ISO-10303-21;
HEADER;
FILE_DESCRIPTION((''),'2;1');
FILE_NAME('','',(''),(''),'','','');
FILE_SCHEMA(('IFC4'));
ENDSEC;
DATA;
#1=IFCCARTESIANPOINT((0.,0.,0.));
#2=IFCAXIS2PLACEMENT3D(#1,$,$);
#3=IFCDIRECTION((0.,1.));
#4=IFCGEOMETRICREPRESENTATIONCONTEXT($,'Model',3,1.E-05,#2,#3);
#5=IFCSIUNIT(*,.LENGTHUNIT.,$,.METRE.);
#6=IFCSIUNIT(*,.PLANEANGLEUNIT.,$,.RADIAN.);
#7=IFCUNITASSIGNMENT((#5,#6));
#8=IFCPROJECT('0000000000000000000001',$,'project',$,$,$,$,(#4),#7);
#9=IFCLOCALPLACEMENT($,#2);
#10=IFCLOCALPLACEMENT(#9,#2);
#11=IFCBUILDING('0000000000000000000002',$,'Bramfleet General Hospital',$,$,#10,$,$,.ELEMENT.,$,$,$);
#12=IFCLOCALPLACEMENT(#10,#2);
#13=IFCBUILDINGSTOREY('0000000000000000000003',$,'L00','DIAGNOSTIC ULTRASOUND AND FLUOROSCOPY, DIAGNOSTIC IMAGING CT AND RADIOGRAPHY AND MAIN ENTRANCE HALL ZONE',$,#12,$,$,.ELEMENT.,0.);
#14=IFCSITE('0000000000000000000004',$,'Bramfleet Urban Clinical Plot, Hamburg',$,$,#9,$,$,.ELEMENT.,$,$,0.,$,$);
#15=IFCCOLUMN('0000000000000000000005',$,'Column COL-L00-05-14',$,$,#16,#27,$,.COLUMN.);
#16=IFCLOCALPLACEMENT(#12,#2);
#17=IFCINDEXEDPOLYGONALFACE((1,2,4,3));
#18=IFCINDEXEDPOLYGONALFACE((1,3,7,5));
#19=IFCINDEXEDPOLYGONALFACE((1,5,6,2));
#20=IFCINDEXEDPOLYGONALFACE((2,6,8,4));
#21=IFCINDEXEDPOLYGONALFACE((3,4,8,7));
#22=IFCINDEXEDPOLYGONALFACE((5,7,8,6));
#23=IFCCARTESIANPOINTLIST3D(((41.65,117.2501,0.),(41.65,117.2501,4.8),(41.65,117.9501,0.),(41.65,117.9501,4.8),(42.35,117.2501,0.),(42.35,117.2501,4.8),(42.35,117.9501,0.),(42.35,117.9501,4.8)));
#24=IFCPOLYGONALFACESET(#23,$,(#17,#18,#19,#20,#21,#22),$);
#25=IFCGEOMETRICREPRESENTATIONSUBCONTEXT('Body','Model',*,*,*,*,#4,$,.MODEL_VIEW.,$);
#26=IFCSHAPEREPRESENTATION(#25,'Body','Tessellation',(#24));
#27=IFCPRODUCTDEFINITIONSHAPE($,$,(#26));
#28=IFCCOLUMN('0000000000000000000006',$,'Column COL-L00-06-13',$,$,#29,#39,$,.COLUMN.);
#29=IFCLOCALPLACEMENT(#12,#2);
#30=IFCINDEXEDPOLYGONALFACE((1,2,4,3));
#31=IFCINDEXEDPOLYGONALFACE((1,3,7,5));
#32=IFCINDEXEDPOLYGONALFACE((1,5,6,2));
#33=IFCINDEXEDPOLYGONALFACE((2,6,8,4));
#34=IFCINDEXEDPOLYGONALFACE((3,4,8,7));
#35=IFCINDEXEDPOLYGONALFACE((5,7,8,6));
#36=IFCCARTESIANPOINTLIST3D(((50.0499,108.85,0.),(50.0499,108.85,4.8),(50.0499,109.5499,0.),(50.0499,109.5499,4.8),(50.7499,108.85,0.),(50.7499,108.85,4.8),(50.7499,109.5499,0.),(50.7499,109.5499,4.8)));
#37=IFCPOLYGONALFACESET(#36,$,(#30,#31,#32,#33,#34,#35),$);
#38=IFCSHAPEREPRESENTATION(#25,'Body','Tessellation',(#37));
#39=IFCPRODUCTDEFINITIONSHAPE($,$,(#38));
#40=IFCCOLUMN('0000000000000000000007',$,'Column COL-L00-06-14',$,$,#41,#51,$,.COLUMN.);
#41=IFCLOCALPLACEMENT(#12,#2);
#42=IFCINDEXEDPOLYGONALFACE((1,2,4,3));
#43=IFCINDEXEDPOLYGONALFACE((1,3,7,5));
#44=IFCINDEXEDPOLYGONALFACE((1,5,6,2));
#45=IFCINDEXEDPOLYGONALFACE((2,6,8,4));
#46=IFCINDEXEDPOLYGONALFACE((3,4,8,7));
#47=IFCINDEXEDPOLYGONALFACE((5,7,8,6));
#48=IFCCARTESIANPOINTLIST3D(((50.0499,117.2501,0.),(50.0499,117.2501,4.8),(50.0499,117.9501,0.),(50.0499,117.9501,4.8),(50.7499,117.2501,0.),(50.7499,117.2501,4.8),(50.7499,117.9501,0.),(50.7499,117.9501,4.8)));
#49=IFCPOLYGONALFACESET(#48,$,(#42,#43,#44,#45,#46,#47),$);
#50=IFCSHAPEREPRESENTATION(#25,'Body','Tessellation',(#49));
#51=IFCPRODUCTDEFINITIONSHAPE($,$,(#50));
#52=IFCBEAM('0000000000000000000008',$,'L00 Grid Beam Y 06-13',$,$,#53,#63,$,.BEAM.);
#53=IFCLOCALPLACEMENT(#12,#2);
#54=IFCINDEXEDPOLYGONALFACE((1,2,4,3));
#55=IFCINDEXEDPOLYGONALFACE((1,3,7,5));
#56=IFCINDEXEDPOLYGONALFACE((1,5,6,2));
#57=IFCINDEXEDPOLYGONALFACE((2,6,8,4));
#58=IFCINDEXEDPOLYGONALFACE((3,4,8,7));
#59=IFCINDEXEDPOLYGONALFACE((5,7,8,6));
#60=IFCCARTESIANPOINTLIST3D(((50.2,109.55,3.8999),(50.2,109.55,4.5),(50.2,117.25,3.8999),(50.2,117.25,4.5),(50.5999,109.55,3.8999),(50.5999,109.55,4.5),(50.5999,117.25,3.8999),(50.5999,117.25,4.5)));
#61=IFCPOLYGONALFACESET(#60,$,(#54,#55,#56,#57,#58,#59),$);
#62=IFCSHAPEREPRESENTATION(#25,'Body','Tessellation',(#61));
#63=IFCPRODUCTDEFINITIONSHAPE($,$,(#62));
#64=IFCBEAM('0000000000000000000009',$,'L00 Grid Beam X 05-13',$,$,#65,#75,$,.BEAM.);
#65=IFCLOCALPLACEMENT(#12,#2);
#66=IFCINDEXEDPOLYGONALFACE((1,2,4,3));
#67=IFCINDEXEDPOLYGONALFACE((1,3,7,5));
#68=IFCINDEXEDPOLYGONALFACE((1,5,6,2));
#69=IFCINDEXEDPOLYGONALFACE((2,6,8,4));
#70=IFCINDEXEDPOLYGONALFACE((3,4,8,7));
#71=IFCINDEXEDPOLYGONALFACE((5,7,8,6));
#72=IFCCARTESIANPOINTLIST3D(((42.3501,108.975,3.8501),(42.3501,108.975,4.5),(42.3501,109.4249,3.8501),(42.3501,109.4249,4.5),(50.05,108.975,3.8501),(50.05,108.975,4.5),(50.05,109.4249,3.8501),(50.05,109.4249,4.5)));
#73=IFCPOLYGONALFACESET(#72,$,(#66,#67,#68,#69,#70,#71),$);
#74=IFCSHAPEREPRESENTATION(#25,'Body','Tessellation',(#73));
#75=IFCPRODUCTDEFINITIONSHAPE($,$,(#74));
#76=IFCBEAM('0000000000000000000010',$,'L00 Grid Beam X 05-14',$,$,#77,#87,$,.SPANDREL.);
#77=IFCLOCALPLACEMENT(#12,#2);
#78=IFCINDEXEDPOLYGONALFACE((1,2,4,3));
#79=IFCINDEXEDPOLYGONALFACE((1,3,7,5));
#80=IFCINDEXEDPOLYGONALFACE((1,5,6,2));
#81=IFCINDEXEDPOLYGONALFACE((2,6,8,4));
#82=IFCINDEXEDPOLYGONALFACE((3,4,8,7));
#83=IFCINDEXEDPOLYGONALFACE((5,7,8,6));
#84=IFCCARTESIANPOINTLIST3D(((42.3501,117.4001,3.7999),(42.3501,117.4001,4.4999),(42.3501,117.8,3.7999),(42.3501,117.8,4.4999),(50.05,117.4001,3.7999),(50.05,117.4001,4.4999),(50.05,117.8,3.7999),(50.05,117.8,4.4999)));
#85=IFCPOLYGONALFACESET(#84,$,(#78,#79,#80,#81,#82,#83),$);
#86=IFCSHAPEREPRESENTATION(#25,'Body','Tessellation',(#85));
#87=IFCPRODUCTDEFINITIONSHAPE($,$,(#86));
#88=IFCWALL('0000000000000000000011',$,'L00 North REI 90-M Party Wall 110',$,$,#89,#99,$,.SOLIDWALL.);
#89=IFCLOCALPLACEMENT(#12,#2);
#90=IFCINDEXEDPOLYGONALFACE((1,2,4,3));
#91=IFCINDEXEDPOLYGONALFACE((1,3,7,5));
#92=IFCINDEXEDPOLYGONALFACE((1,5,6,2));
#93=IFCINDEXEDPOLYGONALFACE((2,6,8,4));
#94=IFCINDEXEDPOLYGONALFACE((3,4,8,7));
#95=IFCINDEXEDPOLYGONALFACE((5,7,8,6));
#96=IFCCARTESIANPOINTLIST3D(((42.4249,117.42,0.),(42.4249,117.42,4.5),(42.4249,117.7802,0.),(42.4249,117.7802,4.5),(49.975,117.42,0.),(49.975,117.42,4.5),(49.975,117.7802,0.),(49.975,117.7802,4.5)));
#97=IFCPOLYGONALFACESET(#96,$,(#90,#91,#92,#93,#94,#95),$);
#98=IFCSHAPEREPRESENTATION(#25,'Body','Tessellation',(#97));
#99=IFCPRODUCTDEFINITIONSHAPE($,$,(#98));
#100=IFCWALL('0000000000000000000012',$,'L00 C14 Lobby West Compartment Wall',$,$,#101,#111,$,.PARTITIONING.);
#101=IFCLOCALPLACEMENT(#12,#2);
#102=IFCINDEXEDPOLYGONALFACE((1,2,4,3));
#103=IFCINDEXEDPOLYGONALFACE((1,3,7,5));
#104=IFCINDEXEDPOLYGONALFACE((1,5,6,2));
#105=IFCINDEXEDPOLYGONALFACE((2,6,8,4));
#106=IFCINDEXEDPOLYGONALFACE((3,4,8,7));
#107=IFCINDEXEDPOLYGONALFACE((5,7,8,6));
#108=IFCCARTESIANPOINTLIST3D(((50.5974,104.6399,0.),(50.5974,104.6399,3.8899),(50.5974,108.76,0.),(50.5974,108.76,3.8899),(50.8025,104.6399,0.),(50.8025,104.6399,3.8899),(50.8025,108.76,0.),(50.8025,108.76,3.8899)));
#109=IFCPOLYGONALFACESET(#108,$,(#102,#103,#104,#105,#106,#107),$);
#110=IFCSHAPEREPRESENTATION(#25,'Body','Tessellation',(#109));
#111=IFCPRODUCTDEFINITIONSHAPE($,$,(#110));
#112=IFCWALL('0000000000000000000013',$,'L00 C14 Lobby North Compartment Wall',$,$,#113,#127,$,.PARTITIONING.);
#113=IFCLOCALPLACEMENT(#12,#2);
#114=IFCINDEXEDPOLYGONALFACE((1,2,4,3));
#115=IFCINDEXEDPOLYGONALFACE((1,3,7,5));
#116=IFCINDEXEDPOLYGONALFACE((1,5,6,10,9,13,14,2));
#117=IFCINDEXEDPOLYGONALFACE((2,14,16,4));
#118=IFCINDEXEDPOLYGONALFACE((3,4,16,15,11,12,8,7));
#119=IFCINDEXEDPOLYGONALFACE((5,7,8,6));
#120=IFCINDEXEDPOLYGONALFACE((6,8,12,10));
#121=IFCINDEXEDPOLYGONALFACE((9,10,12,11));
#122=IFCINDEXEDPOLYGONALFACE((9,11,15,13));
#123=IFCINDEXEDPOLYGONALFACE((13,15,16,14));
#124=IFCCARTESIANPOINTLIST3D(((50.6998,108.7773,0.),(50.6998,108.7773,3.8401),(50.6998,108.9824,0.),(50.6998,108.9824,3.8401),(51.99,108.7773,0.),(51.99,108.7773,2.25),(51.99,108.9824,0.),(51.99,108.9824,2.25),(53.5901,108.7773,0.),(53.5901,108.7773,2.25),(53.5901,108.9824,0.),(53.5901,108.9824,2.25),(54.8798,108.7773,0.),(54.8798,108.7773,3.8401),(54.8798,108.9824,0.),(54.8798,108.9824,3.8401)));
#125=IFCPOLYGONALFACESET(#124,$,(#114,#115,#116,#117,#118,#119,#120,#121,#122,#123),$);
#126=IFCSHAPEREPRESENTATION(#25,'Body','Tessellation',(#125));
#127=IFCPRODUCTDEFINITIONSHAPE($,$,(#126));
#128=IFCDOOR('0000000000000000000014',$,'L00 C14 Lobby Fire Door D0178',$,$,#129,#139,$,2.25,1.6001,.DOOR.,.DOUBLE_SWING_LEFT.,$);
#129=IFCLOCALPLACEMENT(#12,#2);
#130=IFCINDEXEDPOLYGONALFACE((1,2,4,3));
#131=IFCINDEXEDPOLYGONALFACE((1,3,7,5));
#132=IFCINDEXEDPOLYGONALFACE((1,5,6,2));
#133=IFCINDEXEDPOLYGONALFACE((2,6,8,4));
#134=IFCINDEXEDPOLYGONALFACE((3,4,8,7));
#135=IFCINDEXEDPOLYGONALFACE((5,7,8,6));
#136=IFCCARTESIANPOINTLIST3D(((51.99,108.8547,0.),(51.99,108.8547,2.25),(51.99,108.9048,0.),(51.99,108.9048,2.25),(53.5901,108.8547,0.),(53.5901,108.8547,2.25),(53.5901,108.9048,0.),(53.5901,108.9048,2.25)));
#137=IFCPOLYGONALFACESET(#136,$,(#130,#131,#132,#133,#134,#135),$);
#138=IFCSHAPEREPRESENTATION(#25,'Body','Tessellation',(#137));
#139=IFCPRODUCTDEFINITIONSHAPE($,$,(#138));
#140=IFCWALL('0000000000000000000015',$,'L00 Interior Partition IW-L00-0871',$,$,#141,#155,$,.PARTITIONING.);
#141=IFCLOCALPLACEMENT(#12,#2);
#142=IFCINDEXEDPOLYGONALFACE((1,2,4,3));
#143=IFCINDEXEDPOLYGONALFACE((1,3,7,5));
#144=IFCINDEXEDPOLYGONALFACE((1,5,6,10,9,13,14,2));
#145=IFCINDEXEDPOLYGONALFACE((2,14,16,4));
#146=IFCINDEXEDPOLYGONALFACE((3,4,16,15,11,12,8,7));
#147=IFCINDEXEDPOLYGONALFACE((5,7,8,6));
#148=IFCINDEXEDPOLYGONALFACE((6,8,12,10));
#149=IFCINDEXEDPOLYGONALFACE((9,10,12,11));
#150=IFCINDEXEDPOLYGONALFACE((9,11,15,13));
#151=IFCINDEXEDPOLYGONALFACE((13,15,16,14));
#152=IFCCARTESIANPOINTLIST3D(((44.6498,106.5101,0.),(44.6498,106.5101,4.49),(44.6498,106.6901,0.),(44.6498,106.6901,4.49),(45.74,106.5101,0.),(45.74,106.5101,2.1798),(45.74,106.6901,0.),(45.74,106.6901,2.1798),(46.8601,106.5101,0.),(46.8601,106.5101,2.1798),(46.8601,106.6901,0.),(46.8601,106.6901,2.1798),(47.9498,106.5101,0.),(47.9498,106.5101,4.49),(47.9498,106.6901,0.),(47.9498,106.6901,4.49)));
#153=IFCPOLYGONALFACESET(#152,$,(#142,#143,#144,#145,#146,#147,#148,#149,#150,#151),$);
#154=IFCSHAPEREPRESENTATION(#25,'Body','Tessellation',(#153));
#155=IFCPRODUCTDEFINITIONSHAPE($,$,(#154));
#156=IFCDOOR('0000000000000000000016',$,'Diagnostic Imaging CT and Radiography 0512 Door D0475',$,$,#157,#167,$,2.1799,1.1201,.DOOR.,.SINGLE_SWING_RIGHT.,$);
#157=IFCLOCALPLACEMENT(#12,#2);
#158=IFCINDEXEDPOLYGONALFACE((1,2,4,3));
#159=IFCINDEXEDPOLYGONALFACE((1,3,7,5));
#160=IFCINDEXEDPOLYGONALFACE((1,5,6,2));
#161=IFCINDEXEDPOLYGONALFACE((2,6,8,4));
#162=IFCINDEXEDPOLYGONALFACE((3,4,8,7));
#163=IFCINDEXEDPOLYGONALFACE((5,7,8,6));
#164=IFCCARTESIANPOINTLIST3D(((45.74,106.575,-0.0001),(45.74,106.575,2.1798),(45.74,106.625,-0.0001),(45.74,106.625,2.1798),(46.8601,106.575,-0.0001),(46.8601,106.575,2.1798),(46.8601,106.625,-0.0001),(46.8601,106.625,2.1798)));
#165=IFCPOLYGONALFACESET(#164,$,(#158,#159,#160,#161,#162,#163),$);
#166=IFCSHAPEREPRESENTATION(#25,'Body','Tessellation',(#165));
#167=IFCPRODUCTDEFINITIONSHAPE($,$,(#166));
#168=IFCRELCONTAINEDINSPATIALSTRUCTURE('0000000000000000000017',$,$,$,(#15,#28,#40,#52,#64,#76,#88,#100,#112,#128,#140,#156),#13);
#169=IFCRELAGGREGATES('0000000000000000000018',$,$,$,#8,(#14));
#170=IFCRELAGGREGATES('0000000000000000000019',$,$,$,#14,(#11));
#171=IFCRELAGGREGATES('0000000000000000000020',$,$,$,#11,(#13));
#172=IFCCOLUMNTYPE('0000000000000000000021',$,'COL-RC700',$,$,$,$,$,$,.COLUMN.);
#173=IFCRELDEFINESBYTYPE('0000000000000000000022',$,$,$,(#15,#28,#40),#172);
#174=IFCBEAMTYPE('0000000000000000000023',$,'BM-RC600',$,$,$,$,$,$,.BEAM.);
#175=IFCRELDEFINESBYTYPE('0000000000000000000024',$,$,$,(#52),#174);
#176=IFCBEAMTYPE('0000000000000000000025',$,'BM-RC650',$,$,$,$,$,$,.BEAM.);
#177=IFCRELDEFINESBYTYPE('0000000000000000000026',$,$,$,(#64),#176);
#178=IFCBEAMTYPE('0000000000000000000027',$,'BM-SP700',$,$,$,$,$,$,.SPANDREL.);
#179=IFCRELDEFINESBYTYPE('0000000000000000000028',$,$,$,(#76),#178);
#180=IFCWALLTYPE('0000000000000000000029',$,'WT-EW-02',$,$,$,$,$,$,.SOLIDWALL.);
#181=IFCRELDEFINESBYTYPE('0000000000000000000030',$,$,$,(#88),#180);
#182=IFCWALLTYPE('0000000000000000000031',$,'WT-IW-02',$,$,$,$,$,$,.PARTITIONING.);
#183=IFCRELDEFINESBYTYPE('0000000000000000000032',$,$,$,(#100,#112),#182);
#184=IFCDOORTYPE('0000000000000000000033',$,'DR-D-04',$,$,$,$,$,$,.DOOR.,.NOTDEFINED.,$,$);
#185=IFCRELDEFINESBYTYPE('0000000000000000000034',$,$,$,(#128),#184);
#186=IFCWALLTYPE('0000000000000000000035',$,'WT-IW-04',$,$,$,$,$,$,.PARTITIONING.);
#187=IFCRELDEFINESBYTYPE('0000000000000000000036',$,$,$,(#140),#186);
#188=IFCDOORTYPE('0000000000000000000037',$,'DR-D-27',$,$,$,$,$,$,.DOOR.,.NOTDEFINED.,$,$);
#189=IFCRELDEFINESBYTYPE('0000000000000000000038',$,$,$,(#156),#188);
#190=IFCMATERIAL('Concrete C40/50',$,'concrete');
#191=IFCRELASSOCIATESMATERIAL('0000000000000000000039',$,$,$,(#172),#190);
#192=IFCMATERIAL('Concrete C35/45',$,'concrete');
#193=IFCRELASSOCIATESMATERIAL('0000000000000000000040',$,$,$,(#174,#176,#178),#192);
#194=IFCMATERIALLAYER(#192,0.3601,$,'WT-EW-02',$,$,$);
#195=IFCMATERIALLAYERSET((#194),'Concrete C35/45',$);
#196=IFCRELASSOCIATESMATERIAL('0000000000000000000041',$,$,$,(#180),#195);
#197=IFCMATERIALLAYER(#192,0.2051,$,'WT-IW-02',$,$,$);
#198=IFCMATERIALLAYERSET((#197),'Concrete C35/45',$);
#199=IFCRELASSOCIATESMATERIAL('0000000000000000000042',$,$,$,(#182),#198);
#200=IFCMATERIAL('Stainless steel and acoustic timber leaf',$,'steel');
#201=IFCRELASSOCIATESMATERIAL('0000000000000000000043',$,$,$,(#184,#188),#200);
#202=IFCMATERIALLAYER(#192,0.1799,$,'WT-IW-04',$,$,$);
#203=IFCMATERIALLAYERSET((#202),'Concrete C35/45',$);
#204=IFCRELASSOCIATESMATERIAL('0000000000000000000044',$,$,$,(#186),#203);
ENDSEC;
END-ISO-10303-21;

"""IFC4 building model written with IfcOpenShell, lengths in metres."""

from ifc_helpers import new_model, si_unit, direction, frame, frame_2d, origin, origin_2d, place, context, subcontext, project, spatial, rectangle, extrude, material, layer, layer_set, material_profile, profile_set, type_object, element, fill, save


model = new_model("IFC4")

# Units and contexts
model_context = context("Model", 3, precision=1e-05, world=origin(), true_north=direction((0.0, 1.0)))
body_context = subcontext(model_context, "Body", "Model", "MODEL_VIEW")
ifc_project = project(units=[si_unit("LENGTHUNIT", "METRE"), si_unit("PLANEANGLEUNIT", "RADIAN")], contexts=[model_context])

# Site, building, storey
site_placement = place(None, origin())
site = spatial("IfcSite", under=ifc_project, at=site_placement, Name="Bramfleet Urban Clinical Plot, Hamburg", CompositionType="ELEMENT", RefElevation=0.0)
building_placement = place(site_placement, origin())
building = spatial("IfcBuilding", under=site, at=building_placement, Name="Bramfleet General Hospital", CompositionType="ELEMENT")
storey_placement = place(building_placement, origin())
storey = spatial("IfcBuildingStorey", under=building, at=storey_placement, Name="L00", Description="DIAGNOSTIC ULTRASOUND AND FLUOROSCOPY, DIAGNOSTIC IMAGING CT AND RADIOGRAPHY AND MAIN ENTRANCE HALL ZONE", CompositionType="ELEMENT", Elevation=0.0)

# Columns
ifc_material_1 = material(Name="Concrete C40/50", Category="concrete")
ifc_material_profile_1 = material_profile(ifc_material_1, rectangle(XDim=0.7, YDim=0.7, at=origin_2d()), Name="RC COL 700x700")
ifc_profile_set_1 = profile_set([ifc_material_profile_1], Name="Concrete C40/50")
column_type = type_object("IfcColumnType", Name="COL-RC700", PredefinedType="COLUMN", material=ifc_profile_set_1)
for number, where, z_axis, x_axis, name in (
    (1, (42.0, 117.6001, 0.0), (0.0, 0.0, 1.0), (1.0, 0.0, 0.0), "Column COL-L00-05-14"),
    (2, (50.3999, 109.2, 0.0), (0.0, 0.0, 1.0), (1.0, 0.0, 0.0), "Column COL-L00-06-13"),
    (3, (50.3999, 117.6001, 0.0), (0.0, 0.0, 1.0), (1.0, 0.0, 0.0), "Column COL-L00-06-14"),
):
    element("IfcColumn", number, at=place(storey_placement, frame(where, z_axis=z_axis, x_axis=x_axis)), inside=storey, type_object=column_type, Name=name, PredefinedType="COLUMN", context=body_context, shape_type="SweptSolid", body=[
        extrude(rectangle(XDim=0.7, YDim=0.7, at=origin_2d()), origin(), (0.0, 0.0, 1.0), 4.8),
    ])

# Beams
ifc_material_2 = material(Name="Concrete C35/45", Category="concrete")
ifc_material_profile_2 = material_profile(ifc_material_2, rectangle(XDim=0.3999, YDim=0.6001, at=origin_2d()), Name="RC BM 600x400")
ifc_profile_set_2 = profile_set([ifc_material_profile_2], Name="Concrete C35/45")
beam_type_1 = type_object("IfcBeamType", Name="BM-RC600", PredefinedType="BEAM", material=ifc_profile_set_2)
beam_1_placement = place(storey_placement, frame((50.3999, 109.55, 4.2), z_axis=(0.0, 1.0, 0.0), x_axis=(-1.0, 0.0, 0.0)))
element("IfcBeam", 4, at=beam_1_placement, inside=storey, type_object=beam_type_1, Name="L00 Grid Beam Y 06-13", PredefinedType="BEAM", context=body_context, shape_type="SweptSolid", body=[
    extrude(rectangle(XDim=0.3999, YDim=0.6001, at=origin_2d()), origin(), (0.0, 0.0, 1.0), 7.7),
])
ifc_material_profile_3 = material_profile(ifc_material_2, rectangle(XDim=0.45, YDim=0.6499, at=origin_2d()), Name="RC BM 650x450")
ifc_profile_set_3 = profile_set([ifc_material_profile_3], Name="Concrete C35/45")
beam_type_2 = type_object("IfcBeamType", Name="BM-RC650", PredefinedType="BEAM", material=ifc_profile_set_3)
beam_2_placement = place(storey_placement, frame((42.3501, 109.2, 4.175), z_axis=(1.0, 0.0, 0.0), x_axis=(0.0, 1.0, 0.0)))
element("IfcBeam", 5, at=beam_2_placement, inside=storey, type_object=beam_type_2, Name="L00 Grid Beam X 05-13", PredefinedType="BEAM", context=body_context, shape_type="SweptSolid", body=[
    extrude(rectangle(XDim=0.45, YDim=0.6499, at=origin_2d()), origin(), (0.0, 0.0, 1.0), 7.7),
])
ifc_material_profile_4 = material_profile(ifc_material_2, rectangle(XDim=0.3999, YDim=0.7, at=origin_2d()), Name="RC SP 700x400")
ifc_profile_set_4 = profile_set([ifc_material_profile_4], Name="Concrete C35/45")
beam_type_3 = type_object("IfcBeamType", Name="BM-SP700", PredefinedType="SPANDREL", material=ifc_profile_set_4)
beam_3_placement = place(storey_placement, frame((42.3501, 117.6001, 4.1499), z_axis=(1.0, 0.0, 0.0), x_axis=(0.0, 1.0, 0.0)))
element("IfcBeam", 6, at=beam_3_placement, inside=storey, type_object=beam_type_3, Name="L00 Grid Beam X 05-14", PredefinedType="SPANDREL", context=body_context, shape_type="SweptSolid", body=[
    extrude(rectangle(XDim=0.3999, YDim=0.7, at=origin_2d()), origin(), (0.0, 0.0, 1.0), 7.7),
])

# Walls
ifc_layer_1 = layer(ifc_material_2, 0.3601, Name="WT-EW-02")
ifc_layer_set_1 = layer_set([ifc_layer_1], Name="Concrete C35/45")
wall_type_1 = type_object("IfcWallType", Name="WT-EW-02", PredefinedType="SOLIDWALL", material=ifc_layer_set_1)
wall_1_placement = place(storey_placement, frame((42.425, 117.6001, 0.0), z_axis=(0.0, 0.0, 1.0), x_axis=(1.0, 0.0, 0.0)))
element("IfcWall", 7, at=wall_1_placement, inside=storey, type_object=wall_type_1, Name="L00 North REI 90-M Party Wall 110", PredefinedType="SOLIDWALL", context=body_context, shape_type="SweptSolid", body=[
    extrude(rectangle(XDim=7.55, YDim=0.3601, at=frame_2d((3.7749, 0.0))), origin(), (0.0, 0.0, 1.0), 4.5),
])
ifc_layer_2 = layer(ifc_material_2, 0.2051, Name="WT-IW-02")
ifc_layer_set_2 = layer_set([ifc_layer_2], Name="Concrete C35/45")
wall_type_2 = type_object("IfcWallType", Name="WT-IW-02", PredefinedType="PARTITIONING", material=ifc_layer_set_2)
wall_2_placement = place(storey_placement, frame((50.7, 104.6399, 0.0), z_axis=(0.0, 0.0, 1.0), x_axis=(0.0, 1.0, 0.0)))
element("IfcWall", 8, at=wall_2_placement, inside=storey, type_object=wall_type_2, Name="L00 C14 Lobby West Compartment Wall", PredefinedType="PARTITIONING", context=body_context, shape_type="SweptSolid", body=[
    extrude(rectangle(XDim=4.1201, YDim=0.2051, at=frame_2d((2.0601, 0.0))), origin(), (0.0, 0.0, 1.0), 3.8899),
])

# Walls, openings, doors
wall_3_placement = place(storey_placement, frame((50.7, 108.8799, 0.0), z_axis=(0.0, 0.0, 1.0), x_axis=(1.0, 0.0, 0.0)))
wall_3 = element("IfcWall", 9, at=wall_3_placement, inside=storey, type_object=wall_type_2, Name="L00 C14 Lobby North Compartment Wall", PredefinedType="PARTITIONING", context=body_context, shape_type="SweptSolid", body=[
    extrude(rectangle(XDim=4.1799, YDim=0.2051, at=frame_2d((2.0898, 0.0))), origin(), (0.0, 0.0, 1.0), 3.8401),
])
opening_1_placement = place(wall_3_placement, frame((1.29, 0.0, 0.0)))
opening_1 = element("IfcOpeningElement", 10, at=opening_1_placement, cuts=wall_3, PredefinedType="OPENING", context=body_context, shape_type="SweptSolid", body=[
    extrude(rectangle(XDim=1.6001, YDim=2.25, at=frame_2d((0.8, 1.125))), frame((0.0, 0.1125, 0.0), z_axis=(0.0, -1.0, 0.0), x_axis=(1.0, 0.0, 0.0)), (0.0, 0.0, 1.0), 0.2251),
])
ifc_material_3 = material(Name="Stainless steel and acoustic timber leaf", Category="steel")
door_type_1 = type_object("IfcDoorType", Name="DR-D-04", OperationType="NOTDEFINED", PredefinedType="DOOR", material=ifc_material_3)
door_1_placement = place(opening_1_placement, origin())
door_1 = element("IfcDoor", 11, at=door_1_placement, inside=storey, type_object=door_type_1, Name="L00 C14 Lobby Fire Door D0178", OperationType="DOUBLE_SWING_LEFT", OverallHeight=2.25, OverallWidth=1.6001, PredefinedType="DOOR", context=body_context, shape_type="SweptSolid", body=[
    extrude(rectangle(XDim=1.6001, YDim=2.25, at=frame_2d((0.8, 1.125))), frame((0.0, 0.0249, 0.0), z_axis=(0.0, -1.0, 0.0), x_axis=(1.0, 0.0, 0.0)), (0.0, 0.0, 1.0), 0.05),
])
fill(opening_1, door_1)
ifc_layer_3 = layer(ifc_material_2, 0.1799, Name="WT-IW-04")
ifc_layer_set_3 = layer_set([ifc_layer_3], Name="Concrete C35/45")
wall_type_3 = type_object("IfcWallType", Name="WT-IW-04", PredefinedType="PARTITIONING", material=ifc_layer_set_3)
wall_4_placement = place(storey_placement, frame((44.6499, 106.6001, 0.0), z_axis=(0.0, 0.0, 1.0), x_axis=(1.0, 0.0, 0.0)))
wall_4 = element("IfcWall", 12, at=wall_4_placement, inside=storey, type_object=wall_type_3, Name="L00 Interior Partition IW-L00-0871", PredefinedType="PARTITIONING", context=body_context, shape_type="SweptSolid", body=[
    extrude(rectangle(XDim=3.3, YDim=0.1799, at=frame_2d((1.6499, 0.0))), origin(), (0.0, 0.0, 1.0), 4.49),
])
opening_2_placement = place(wall_4_placement, frame((1.0901, 0.0, 0.0)))
opening_2 = element("IfcOpeningElement", 13, at=opening_2_placement, cuts=wall_4, PredefinedType="OPENING", context=body_context, shape_type="SweptSolid", body=[
    extrude(rectangle(XDim=1.1201, YDim=2.1799, at=frame_2d((0.5601, 1.0898))), frame((0.0, 0.0999, 0.0), z_axis=(0.0, -1.0, 0.0), x_axis=(1.0, 0.0, 0.0)), (0.0, 0.0, 1.0), 0.2),
])
door_type_2 = type_object("IfcDoorType", Name="DR-D-27", OperationType="NOTDEFINED", PredefinedType="DOOR", material=ifc_material_3)
door_2_placement = place(opening_2_placement, origin())
door_2 = element("IfcDoor", 14, at=door_2_placement, inside=storey, type_object=door_type_2, Name="Diagnostic Imaging CT and Radiography 0512 Door D0475", OperationType="SINGLE_SWING_RIGHT", OverallHeight=2.1799, OverallWidth=1.1201, PredefinedType="DOOR", context=body_context, shape_type="SweptSolid", body=[
    extrude(rectangle(XDim=1.1201, YDim=2.1799, at=frame_2d((0.5601, 1.0898))), frame((0.0, 0.0249, 0.0), z_axis=(0.0, -1.0, 0.0), x_axis=(1.0, 0.0, 0.0)), (0.0, 0.0, 1.0), 0.05),
])
fill(opening_2, door_2)

save(model, "model.ifc")
